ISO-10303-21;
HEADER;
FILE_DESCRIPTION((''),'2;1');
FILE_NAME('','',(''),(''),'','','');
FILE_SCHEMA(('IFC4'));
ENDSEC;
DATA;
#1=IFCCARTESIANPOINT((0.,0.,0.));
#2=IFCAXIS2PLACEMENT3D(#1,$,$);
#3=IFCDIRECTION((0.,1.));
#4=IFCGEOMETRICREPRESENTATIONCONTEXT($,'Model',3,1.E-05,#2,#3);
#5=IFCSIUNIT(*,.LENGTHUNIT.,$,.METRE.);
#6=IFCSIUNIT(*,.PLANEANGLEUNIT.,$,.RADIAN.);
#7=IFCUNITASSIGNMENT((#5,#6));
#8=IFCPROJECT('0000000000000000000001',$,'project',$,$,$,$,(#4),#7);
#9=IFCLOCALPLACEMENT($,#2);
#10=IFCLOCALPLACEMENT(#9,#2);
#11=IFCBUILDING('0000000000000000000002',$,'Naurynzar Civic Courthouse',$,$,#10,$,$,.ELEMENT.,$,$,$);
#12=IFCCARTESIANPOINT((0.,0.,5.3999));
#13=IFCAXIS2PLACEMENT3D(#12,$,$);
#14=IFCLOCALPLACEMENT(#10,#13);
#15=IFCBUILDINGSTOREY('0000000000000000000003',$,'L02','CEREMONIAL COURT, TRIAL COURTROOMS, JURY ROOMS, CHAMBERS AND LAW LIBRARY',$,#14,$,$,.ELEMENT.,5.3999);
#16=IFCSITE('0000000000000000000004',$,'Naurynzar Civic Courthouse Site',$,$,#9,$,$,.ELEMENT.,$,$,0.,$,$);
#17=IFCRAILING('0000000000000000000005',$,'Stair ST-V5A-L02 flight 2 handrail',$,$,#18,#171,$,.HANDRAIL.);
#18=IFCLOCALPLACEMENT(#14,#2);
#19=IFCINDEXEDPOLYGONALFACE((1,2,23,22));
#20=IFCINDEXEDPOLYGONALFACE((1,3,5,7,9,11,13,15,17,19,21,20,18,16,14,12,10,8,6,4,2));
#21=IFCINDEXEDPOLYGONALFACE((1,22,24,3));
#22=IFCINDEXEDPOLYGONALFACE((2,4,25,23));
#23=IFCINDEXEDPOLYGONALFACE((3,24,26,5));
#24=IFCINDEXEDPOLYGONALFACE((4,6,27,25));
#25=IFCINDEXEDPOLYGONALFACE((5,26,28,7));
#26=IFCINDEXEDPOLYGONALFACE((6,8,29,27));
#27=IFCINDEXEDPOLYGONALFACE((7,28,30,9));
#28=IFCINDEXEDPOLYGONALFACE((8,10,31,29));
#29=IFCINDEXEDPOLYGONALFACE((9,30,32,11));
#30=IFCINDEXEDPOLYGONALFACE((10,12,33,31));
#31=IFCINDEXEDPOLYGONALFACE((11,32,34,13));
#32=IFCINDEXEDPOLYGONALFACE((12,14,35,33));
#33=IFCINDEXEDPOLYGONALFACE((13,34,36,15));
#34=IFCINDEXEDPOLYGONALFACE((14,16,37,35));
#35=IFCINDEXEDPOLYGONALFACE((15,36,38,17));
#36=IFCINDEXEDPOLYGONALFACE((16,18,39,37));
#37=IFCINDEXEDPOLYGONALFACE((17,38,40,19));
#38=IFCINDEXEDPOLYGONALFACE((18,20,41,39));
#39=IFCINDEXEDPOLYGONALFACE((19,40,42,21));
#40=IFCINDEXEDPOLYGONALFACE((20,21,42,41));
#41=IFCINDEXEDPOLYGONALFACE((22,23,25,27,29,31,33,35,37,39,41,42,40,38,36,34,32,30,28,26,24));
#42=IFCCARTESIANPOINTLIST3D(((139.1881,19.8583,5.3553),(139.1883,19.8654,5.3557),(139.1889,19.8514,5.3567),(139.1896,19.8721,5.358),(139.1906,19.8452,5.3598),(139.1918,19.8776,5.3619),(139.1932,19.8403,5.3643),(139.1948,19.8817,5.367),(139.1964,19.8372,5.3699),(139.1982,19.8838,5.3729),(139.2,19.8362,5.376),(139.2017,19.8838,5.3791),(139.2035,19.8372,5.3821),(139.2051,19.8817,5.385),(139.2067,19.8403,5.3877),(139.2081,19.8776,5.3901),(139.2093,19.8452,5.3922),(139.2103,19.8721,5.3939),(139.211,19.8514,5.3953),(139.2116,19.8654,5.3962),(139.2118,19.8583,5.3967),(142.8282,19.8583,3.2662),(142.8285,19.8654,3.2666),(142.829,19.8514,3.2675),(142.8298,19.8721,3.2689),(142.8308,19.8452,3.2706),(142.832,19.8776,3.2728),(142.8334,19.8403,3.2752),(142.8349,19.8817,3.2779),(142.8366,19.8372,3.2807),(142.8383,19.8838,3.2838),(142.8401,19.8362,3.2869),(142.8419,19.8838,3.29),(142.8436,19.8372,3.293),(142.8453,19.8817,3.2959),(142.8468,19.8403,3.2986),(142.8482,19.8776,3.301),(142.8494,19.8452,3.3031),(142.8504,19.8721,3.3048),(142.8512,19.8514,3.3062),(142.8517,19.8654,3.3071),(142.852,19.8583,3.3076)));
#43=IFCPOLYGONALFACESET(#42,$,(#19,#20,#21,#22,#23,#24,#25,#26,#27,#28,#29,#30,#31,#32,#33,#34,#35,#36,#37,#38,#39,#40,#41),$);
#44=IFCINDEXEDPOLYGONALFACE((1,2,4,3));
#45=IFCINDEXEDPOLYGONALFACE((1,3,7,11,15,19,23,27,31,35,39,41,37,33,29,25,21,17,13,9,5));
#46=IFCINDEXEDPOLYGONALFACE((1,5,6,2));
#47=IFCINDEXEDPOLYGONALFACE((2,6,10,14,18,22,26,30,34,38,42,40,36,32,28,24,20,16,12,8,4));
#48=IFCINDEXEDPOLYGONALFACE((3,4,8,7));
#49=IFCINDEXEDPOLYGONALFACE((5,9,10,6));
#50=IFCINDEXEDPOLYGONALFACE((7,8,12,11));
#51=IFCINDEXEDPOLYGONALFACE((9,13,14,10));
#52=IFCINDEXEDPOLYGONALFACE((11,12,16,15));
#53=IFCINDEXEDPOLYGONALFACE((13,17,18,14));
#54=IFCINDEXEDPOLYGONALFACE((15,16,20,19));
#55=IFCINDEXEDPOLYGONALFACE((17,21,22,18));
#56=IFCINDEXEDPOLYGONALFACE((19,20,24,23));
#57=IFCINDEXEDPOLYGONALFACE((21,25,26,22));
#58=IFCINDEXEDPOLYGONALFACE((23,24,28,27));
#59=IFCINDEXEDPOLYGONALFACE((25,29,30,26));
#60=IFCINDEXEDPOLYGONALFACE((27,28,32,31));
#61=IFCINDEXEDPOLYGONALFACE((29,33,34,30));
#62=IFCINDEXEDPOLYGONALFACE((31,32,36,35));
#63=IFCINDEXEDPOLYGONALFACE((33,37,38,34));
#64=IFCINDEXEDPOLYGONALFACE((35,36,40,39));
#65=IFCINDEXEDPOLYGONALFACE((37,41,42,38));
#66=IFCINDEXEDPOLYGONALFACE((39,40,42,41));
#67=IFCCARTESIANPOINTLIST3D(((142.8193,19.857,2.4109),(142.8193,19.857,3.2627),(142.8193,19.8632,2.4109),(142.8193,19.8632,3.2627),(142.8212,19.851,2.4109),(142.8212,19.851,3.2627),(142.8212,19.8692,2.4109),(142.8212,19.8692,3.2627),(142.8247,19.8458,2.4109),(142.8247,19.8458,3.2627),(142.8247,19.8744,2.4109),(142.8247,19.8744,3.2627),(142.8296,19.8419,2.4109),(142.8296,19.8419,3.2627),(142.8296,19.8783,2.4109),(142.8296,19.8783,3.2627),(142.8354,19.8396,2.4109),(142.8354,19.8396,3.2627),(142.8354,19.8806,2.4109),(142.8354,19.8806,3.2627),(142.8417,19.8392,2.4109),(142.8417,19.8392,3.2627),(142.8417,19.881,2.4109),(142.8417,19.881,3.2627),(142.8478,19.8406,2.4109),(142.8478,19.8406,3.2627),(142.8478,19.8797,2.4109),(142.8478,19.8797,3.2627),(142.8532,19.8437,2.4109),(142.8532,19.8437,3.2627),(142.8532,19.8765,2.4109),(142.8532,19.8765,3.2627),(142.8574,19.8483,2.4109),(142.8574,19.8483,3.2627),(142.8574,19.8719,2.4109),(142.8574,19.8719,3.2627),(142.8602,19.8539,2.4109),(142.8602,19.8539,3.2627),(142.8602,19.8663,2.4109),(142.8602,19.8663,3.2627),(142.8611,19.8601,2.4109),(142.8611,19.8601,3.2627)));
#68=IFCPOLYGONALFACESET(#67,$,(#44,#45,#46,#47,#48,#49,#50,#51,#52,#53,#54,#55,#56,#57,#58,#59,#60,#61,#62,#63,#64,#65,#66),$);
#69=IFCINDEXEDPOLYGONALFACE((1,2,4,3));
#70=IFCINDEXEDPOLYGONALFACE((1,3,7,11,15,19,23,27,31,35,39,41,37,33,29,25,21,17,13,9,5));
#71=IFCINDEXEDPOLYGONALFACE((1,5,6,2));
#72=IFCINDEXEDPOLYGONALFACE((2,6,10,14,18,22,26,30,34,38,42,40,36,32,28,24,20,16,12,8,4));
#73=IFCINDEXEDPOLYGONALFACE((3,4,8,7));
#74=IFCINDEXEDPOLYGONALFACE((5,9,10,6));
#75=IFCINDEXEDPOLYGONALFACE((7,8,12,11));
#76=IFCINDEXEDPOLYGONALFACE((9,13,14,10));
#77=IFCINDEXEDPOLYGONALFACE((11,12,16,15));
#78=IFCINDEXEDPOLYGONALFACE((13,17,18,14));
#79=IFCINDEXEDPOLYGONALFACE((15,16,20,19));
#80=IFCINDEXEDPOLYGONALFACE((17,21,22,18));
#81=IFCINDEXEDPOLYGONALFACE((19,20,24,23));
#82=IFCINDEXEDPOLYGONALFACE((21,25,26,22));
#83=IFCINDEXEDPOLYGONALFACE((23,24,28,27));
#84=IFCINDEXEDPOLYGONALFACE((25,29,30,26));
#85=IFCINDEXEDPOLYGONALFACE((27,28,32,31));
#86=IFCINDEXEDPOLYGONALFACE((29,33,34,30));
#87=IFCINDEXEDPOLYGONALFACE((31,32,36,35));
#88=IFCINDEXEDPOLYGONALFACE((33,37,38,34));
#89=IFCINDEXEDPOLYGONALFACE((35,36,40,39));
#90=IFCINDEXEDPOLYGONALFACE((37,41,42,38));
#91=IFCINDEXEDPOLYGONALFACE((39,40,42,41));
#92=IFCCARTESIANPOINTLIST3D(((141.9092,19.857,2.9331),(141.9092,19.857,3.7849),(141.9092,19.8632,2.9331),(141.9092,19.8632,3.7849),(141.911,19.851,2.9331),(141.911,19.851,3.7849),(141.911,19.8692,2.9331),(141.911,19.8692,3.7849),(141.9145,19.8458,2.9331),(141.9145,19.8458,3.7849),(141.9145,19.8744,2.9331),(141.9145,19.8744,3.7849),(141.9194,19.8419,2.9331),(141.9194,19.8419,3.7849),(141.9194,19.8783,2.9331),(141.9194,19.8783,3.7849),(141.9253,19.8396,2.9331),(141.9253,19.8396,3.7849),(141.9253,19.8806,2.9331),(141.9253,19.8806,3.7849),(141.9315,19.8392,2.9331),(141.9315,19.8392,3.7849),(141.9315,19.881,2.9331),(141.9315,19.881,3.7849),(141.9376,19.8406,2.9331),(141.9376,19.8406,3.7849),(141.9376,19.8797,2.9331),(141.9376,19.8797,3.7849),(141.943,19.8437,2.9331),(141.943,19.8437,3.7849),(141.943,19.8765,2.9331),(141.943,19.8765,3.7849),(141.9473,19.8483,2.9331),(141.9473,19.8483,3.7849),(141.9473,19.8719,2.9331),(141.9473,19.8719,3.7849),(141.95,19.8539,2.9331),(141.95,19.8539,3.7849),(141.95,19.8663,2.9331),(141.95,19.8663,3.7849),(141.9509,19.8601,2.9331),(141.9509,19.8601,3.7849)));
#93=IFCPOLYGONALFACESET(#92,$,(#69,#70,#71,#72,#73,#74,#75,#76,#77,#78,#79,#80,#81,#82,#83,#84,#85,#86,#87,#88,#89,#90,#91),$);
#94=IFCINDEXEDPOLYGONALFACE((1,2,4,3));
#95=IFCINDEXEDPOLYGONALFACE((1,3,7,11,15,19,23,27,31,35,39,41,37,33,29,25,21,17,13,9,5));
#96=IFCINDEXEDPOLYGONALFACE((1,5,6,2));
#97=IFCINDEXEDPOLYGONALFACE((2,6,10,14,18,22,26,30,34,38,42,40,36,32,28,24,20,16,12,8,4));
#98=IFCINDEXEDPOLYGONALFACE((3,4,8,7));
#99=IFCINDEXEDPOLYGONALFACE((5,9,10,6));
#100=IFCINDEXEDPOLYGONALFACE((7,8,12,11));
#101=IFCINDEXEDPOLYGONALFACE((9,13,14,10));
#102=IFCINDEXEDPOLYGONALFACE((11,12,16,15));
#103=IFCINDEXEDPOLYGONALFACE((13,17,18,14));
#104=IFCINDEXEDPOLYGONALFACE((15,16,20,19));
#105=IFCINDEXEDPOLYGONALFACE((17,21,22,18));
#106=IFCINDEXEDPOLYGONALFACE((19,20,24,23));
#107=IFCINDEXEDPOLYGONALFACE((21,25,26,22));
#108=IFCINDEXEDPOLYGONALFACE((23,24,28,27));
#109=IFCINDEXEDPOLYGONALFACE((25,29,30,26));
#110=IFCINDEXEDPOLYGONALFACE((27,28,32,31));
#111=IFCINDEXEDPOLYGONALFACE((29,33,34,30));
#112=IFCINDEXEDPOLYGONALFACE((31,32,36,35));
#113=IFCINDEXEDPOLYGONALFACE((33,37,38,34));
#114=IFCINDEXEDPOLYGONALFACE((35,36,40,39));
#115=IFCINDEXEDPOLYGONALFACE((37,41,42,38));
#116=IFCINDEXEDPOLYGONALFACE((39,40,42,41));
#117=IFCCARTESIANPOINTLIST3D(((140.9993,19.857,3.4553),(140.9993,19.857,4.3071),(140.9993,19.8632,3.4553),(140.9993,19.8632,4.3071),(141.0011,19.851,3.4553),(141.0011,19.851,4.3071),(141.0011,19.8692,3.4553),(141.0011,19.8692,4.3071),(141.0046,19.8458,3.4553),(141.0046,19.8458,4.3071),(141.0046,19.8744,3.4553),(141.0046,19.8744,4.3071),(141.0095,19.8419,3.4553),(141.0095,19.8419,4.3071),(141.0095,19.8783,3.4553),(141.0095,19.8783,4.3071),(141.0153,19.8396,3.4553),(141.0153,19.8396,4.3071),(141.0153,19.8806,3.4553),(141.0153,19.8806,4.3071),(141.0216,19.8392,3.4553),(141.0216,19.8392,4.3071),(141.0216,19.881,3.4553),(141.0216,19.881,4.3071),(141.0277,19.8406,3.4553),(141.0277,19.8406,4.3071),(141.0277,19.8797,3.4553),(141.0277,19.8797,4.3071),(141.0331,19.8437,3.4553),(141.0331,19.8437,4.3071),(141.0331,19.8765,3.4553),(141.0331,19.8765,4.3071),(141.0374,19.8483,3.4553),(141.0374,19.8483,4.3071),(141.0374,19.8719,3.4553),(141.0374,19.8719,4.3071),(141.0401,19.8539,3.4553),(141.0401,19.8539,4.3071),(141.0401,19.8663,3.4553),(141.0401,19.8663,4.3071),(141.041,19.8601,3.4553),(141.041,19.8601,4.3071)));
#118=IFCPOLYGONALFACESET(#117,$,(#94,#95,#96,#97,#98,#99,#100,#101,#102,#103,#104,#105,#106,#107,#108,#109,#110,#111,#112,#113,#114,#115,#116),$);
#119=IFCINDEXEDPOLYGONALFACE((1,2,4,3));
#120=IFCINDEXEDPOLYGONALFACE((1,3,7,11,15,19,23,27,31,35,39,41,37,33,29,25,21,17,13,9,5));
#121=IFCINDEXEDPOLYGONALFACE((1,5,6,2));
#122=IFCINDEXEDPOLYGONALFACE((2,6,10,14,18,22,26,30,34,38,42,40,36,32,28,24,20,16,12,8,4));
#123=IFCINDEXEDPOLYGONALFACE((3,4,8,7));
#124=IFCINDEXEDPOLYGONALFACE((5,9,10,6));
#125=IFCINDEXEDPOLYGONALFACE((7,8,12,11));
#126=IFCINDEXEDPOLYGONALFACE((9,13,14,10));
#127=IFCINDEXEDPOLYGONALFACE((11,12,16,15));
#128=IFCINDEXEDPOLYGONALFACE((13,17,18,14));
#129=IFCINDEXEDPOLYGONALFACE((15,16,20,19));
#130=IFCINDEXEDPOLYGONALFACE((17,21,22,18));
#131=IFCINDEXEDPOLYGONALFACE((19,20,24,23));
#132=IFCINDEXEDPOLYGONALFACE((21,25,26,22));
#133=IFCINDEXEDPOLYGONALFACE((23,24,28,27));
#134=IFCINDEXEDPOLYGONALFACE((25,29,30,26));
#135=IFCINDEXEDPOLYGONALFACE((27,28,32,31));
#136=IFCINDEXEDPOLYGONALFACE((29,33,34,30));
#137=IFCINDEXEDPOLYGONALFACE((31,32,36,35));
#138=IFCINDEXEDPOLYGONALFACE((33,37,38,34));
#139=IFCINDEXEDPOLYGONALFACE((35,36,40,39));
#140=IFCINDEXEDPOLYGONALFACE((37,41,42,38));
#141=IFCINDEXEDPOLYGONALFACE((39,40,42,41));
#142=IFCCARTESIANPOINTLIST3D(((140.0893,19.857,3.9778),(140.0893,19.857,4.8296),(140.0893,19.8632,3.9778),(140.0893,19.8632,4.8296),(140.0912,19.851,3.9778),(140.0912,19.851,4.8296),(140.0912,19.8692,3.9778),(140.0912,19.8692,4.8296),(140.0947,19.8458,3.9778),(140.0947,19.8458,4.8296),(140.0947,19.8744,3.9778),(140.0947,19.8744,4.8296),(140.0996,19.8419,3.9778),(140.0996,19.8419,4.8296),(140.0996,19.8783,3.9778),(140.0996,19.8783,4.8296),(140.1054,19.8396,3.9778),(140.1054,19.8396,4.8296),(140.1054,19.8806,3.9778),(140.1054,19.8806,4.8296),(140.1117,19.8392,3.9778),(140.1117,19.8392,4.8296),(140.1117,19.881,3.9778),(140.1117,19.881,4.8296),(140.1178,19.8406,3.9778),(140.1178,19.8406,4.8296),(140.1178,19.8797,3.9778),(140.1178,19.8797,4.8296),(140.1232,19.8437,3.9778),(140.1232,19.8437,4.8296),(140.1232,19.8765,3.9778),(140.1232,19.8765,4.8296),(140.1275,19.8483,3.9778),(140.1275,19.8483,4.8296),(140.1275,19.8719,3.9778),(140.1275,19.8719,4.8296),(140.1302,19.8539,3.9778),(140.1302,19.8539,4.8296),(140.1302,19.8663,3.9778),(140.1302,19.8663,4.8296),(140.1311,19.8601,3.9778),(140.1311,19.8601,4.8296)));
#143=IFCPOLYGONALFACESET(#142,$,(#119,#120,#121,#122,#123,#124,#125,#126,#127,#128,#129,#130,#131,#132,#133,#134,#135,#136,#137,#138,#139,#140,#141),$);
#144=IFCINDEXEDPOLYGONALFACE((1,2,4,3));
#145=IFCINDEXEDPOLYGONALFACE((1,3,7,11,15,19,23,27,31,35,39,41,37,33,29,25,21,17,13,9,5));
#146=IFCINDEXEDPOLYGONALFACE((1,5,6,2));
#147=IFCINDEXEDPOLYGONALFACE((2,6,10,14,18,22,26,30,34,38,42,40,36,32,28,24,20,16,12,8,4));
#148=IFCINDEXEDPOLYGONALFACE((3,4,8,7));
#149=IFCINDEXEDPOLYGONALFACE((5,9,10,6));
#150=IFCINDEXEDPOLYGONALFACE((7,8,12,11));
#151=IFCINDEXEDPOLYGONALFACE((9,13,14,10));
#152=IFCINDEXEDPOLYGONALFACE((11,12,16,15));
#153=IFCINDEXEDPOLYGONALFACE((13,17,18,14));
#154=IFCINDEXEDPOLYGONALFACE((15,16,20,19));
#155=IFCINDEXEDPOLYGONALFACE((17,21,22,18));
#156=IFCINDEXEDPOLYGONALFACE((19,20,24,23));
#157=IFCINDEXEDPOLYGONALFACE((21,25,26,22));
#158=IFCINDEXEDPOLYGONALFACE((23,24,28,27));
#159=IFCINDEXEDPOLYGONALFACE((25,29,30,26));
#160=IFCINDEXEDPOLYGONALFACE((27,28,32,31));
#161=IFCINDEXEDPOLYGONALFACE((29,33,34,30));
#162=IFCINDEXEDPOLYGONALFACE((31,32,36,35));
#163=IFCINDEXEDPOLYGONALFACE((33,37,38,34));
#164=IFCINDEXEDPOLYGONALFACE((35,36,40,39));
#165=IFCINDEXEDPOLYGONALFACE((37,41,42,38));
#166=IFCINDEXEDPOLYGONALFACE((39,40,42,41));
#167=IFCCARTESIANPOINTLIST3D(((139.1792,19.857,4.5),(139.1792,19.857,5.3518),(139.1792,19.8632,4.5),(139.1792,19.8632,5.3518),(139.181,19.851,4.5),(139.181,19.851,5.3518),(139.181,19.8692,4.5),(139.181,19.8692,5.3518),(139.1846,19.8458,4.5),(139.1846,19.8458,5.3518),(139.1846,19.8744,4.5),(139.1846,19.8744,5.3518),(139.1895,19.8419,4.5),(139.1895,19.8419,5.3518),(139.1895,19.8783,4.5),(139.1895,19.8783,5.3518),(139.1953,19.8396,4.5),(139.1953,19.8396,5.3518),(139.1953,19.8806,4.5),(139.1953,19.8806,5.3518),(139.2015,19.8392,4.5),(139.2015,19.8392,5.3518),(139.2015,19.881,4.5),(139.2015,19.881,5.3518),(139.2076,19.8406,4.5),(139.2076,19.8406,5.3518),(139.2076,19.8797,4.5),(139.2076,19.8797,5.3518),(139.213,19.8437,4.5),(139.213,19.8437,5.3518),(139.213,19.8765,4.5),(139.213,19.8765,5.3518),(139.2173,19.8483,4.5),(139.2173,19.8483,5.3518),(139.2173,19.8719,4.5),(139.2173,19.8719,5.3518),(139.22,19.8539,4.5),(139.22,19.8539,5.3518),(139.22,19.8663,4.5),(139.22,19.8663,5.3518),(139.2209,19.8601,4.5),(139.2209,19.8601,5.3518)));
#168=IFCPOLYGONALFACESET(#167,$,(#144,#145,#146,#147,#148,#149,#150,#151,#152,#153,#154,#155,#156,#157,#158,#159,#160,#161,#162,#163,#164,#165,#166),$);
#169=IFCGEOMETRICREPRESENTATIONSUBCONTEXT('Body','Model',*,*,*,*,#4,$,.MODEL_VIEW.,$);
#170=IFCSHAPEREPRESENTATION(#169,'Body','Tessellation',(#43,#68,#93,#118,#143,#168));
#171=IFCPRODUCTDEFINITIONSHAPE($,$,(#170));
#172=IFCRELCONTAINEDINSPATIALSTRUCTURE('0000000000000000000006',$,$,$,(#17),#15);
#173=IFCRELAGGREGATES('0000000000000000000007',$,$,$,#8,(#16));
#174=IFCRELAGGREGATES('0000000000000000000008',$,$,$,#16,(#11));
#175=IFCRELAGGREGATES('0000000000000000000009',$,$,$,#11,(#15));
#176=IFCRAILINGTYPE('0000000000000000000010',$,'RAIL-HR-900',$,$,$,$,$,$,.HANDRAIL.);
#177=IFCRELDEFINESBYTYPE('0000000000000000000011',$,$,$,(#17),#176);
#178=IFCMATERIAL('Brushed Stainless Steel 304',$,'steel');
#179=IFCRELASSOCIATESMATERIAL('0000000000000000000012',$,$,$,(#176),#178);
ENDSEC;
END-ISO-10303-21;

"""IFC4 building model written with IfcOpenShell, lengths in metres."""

from ifc_helpers import new_model, si_unit, direction, frame, origin, origin_2d, place, context, subcontext, project, spatial, circle, extrude, material, type_object, element, save


model = new_model("IFC4")

# Units and contexts
model_context = context("Model", 3, precision=1e-05, world=origin(), true_north=direction((0.0, 1.0)))
body_context = subcontext(model_context, "Body", "Model", "MODEL_VIEW")
ifc_project = project(units=[si_unit("LENGTHUNIT", "METRE"), si_unit("PLANEANGLEUNIT", "RADIAN")], contexts=[model_context])

# Site, building, storey
site_placement = place(None, origin())
site = spatial("IfcSite", under=ifc_project, at=site_placement, Name="Naurynzar Civic Courthouse Site", CompositionType="ELEMENT", RefElevation=0.0)
building_placement = place(site_placement, origin())
building = spatial("IfcBuilding", under=site, at=building_placement, Name="Naurynzar Civic Courthouse", CompositionType="ELEMENT")
storey_placement = place(building_placement, frame((0.0, 0.0, 5.3999)))
storey = spatial("IfcBuildingStorey", under=building, at=storey_placement, Name="L02", Description="CEREMONIAL COURT, TRIAL COURTROOMS, JURY ROOMS, CHAMBERS AND LAW LIBRARY", CompositionType="ELEMENT", Elevation=5.3999)

# Railing
ifc_material_1 = material(Name="Brushed Stainless Steel 304", Category="steel")
railing_type_1 = type_object("IfcRailingType", Name="RAIL-HR-900", PredefinedType="HANDRAIL", material=ifc_material_1)
railing_1_placement = place(storey_placement, frame((142.8401, 19.8601, 2.4109)))
element("IfcRailing", 1, at=railing_1_placement, inside=storey, type_object=railing_type_1, Name="Stair ST-V5A-L02 flight 2 handrail", PredefinedType="HANDRAIL", context=body_context, shape_type="SweptSolid", body=[
    extrude(circle(Radius=0.0239, at=origin_2d()), frame((0.0, 0.0, 0.876), z_axis=(-0.867314, 0.0, 0.497761), x_axis=(0.0, -1.0, 0.0)), (0.0, 0.0, 1.0), 4.197),
    extrude(circle(Radius=0.021, at=origin_2d()), origin(), (0.0, 0.0, 1.0), 0.8518),
    extrude(circle(Radius=0.021, at=origin_2d()), frame((-0.9102, 0.0, 0.5222)), (0.0, 0.0, 1.0), 0.8518),
    extrude(circle(Radius=0.021, at=origin_2d()), frame((-1.8201, 0.0, 1.0444)), (0.0, 0.0, 1.0), 0.8518),
    extrude(circle(Radius=0.021, at=origin_2d()), frame((-2.73, 0.0, 1.5669)), (0.0, 0.0, 1.0), 0.8518),
    extrude(circle(Radius=0.021, at=origin_2d()), frame((-3.6401, 0.0, 2.0891)), (0.0, 0.0, 1.0), 0.8518),
])

save(model, "model.ifc")
